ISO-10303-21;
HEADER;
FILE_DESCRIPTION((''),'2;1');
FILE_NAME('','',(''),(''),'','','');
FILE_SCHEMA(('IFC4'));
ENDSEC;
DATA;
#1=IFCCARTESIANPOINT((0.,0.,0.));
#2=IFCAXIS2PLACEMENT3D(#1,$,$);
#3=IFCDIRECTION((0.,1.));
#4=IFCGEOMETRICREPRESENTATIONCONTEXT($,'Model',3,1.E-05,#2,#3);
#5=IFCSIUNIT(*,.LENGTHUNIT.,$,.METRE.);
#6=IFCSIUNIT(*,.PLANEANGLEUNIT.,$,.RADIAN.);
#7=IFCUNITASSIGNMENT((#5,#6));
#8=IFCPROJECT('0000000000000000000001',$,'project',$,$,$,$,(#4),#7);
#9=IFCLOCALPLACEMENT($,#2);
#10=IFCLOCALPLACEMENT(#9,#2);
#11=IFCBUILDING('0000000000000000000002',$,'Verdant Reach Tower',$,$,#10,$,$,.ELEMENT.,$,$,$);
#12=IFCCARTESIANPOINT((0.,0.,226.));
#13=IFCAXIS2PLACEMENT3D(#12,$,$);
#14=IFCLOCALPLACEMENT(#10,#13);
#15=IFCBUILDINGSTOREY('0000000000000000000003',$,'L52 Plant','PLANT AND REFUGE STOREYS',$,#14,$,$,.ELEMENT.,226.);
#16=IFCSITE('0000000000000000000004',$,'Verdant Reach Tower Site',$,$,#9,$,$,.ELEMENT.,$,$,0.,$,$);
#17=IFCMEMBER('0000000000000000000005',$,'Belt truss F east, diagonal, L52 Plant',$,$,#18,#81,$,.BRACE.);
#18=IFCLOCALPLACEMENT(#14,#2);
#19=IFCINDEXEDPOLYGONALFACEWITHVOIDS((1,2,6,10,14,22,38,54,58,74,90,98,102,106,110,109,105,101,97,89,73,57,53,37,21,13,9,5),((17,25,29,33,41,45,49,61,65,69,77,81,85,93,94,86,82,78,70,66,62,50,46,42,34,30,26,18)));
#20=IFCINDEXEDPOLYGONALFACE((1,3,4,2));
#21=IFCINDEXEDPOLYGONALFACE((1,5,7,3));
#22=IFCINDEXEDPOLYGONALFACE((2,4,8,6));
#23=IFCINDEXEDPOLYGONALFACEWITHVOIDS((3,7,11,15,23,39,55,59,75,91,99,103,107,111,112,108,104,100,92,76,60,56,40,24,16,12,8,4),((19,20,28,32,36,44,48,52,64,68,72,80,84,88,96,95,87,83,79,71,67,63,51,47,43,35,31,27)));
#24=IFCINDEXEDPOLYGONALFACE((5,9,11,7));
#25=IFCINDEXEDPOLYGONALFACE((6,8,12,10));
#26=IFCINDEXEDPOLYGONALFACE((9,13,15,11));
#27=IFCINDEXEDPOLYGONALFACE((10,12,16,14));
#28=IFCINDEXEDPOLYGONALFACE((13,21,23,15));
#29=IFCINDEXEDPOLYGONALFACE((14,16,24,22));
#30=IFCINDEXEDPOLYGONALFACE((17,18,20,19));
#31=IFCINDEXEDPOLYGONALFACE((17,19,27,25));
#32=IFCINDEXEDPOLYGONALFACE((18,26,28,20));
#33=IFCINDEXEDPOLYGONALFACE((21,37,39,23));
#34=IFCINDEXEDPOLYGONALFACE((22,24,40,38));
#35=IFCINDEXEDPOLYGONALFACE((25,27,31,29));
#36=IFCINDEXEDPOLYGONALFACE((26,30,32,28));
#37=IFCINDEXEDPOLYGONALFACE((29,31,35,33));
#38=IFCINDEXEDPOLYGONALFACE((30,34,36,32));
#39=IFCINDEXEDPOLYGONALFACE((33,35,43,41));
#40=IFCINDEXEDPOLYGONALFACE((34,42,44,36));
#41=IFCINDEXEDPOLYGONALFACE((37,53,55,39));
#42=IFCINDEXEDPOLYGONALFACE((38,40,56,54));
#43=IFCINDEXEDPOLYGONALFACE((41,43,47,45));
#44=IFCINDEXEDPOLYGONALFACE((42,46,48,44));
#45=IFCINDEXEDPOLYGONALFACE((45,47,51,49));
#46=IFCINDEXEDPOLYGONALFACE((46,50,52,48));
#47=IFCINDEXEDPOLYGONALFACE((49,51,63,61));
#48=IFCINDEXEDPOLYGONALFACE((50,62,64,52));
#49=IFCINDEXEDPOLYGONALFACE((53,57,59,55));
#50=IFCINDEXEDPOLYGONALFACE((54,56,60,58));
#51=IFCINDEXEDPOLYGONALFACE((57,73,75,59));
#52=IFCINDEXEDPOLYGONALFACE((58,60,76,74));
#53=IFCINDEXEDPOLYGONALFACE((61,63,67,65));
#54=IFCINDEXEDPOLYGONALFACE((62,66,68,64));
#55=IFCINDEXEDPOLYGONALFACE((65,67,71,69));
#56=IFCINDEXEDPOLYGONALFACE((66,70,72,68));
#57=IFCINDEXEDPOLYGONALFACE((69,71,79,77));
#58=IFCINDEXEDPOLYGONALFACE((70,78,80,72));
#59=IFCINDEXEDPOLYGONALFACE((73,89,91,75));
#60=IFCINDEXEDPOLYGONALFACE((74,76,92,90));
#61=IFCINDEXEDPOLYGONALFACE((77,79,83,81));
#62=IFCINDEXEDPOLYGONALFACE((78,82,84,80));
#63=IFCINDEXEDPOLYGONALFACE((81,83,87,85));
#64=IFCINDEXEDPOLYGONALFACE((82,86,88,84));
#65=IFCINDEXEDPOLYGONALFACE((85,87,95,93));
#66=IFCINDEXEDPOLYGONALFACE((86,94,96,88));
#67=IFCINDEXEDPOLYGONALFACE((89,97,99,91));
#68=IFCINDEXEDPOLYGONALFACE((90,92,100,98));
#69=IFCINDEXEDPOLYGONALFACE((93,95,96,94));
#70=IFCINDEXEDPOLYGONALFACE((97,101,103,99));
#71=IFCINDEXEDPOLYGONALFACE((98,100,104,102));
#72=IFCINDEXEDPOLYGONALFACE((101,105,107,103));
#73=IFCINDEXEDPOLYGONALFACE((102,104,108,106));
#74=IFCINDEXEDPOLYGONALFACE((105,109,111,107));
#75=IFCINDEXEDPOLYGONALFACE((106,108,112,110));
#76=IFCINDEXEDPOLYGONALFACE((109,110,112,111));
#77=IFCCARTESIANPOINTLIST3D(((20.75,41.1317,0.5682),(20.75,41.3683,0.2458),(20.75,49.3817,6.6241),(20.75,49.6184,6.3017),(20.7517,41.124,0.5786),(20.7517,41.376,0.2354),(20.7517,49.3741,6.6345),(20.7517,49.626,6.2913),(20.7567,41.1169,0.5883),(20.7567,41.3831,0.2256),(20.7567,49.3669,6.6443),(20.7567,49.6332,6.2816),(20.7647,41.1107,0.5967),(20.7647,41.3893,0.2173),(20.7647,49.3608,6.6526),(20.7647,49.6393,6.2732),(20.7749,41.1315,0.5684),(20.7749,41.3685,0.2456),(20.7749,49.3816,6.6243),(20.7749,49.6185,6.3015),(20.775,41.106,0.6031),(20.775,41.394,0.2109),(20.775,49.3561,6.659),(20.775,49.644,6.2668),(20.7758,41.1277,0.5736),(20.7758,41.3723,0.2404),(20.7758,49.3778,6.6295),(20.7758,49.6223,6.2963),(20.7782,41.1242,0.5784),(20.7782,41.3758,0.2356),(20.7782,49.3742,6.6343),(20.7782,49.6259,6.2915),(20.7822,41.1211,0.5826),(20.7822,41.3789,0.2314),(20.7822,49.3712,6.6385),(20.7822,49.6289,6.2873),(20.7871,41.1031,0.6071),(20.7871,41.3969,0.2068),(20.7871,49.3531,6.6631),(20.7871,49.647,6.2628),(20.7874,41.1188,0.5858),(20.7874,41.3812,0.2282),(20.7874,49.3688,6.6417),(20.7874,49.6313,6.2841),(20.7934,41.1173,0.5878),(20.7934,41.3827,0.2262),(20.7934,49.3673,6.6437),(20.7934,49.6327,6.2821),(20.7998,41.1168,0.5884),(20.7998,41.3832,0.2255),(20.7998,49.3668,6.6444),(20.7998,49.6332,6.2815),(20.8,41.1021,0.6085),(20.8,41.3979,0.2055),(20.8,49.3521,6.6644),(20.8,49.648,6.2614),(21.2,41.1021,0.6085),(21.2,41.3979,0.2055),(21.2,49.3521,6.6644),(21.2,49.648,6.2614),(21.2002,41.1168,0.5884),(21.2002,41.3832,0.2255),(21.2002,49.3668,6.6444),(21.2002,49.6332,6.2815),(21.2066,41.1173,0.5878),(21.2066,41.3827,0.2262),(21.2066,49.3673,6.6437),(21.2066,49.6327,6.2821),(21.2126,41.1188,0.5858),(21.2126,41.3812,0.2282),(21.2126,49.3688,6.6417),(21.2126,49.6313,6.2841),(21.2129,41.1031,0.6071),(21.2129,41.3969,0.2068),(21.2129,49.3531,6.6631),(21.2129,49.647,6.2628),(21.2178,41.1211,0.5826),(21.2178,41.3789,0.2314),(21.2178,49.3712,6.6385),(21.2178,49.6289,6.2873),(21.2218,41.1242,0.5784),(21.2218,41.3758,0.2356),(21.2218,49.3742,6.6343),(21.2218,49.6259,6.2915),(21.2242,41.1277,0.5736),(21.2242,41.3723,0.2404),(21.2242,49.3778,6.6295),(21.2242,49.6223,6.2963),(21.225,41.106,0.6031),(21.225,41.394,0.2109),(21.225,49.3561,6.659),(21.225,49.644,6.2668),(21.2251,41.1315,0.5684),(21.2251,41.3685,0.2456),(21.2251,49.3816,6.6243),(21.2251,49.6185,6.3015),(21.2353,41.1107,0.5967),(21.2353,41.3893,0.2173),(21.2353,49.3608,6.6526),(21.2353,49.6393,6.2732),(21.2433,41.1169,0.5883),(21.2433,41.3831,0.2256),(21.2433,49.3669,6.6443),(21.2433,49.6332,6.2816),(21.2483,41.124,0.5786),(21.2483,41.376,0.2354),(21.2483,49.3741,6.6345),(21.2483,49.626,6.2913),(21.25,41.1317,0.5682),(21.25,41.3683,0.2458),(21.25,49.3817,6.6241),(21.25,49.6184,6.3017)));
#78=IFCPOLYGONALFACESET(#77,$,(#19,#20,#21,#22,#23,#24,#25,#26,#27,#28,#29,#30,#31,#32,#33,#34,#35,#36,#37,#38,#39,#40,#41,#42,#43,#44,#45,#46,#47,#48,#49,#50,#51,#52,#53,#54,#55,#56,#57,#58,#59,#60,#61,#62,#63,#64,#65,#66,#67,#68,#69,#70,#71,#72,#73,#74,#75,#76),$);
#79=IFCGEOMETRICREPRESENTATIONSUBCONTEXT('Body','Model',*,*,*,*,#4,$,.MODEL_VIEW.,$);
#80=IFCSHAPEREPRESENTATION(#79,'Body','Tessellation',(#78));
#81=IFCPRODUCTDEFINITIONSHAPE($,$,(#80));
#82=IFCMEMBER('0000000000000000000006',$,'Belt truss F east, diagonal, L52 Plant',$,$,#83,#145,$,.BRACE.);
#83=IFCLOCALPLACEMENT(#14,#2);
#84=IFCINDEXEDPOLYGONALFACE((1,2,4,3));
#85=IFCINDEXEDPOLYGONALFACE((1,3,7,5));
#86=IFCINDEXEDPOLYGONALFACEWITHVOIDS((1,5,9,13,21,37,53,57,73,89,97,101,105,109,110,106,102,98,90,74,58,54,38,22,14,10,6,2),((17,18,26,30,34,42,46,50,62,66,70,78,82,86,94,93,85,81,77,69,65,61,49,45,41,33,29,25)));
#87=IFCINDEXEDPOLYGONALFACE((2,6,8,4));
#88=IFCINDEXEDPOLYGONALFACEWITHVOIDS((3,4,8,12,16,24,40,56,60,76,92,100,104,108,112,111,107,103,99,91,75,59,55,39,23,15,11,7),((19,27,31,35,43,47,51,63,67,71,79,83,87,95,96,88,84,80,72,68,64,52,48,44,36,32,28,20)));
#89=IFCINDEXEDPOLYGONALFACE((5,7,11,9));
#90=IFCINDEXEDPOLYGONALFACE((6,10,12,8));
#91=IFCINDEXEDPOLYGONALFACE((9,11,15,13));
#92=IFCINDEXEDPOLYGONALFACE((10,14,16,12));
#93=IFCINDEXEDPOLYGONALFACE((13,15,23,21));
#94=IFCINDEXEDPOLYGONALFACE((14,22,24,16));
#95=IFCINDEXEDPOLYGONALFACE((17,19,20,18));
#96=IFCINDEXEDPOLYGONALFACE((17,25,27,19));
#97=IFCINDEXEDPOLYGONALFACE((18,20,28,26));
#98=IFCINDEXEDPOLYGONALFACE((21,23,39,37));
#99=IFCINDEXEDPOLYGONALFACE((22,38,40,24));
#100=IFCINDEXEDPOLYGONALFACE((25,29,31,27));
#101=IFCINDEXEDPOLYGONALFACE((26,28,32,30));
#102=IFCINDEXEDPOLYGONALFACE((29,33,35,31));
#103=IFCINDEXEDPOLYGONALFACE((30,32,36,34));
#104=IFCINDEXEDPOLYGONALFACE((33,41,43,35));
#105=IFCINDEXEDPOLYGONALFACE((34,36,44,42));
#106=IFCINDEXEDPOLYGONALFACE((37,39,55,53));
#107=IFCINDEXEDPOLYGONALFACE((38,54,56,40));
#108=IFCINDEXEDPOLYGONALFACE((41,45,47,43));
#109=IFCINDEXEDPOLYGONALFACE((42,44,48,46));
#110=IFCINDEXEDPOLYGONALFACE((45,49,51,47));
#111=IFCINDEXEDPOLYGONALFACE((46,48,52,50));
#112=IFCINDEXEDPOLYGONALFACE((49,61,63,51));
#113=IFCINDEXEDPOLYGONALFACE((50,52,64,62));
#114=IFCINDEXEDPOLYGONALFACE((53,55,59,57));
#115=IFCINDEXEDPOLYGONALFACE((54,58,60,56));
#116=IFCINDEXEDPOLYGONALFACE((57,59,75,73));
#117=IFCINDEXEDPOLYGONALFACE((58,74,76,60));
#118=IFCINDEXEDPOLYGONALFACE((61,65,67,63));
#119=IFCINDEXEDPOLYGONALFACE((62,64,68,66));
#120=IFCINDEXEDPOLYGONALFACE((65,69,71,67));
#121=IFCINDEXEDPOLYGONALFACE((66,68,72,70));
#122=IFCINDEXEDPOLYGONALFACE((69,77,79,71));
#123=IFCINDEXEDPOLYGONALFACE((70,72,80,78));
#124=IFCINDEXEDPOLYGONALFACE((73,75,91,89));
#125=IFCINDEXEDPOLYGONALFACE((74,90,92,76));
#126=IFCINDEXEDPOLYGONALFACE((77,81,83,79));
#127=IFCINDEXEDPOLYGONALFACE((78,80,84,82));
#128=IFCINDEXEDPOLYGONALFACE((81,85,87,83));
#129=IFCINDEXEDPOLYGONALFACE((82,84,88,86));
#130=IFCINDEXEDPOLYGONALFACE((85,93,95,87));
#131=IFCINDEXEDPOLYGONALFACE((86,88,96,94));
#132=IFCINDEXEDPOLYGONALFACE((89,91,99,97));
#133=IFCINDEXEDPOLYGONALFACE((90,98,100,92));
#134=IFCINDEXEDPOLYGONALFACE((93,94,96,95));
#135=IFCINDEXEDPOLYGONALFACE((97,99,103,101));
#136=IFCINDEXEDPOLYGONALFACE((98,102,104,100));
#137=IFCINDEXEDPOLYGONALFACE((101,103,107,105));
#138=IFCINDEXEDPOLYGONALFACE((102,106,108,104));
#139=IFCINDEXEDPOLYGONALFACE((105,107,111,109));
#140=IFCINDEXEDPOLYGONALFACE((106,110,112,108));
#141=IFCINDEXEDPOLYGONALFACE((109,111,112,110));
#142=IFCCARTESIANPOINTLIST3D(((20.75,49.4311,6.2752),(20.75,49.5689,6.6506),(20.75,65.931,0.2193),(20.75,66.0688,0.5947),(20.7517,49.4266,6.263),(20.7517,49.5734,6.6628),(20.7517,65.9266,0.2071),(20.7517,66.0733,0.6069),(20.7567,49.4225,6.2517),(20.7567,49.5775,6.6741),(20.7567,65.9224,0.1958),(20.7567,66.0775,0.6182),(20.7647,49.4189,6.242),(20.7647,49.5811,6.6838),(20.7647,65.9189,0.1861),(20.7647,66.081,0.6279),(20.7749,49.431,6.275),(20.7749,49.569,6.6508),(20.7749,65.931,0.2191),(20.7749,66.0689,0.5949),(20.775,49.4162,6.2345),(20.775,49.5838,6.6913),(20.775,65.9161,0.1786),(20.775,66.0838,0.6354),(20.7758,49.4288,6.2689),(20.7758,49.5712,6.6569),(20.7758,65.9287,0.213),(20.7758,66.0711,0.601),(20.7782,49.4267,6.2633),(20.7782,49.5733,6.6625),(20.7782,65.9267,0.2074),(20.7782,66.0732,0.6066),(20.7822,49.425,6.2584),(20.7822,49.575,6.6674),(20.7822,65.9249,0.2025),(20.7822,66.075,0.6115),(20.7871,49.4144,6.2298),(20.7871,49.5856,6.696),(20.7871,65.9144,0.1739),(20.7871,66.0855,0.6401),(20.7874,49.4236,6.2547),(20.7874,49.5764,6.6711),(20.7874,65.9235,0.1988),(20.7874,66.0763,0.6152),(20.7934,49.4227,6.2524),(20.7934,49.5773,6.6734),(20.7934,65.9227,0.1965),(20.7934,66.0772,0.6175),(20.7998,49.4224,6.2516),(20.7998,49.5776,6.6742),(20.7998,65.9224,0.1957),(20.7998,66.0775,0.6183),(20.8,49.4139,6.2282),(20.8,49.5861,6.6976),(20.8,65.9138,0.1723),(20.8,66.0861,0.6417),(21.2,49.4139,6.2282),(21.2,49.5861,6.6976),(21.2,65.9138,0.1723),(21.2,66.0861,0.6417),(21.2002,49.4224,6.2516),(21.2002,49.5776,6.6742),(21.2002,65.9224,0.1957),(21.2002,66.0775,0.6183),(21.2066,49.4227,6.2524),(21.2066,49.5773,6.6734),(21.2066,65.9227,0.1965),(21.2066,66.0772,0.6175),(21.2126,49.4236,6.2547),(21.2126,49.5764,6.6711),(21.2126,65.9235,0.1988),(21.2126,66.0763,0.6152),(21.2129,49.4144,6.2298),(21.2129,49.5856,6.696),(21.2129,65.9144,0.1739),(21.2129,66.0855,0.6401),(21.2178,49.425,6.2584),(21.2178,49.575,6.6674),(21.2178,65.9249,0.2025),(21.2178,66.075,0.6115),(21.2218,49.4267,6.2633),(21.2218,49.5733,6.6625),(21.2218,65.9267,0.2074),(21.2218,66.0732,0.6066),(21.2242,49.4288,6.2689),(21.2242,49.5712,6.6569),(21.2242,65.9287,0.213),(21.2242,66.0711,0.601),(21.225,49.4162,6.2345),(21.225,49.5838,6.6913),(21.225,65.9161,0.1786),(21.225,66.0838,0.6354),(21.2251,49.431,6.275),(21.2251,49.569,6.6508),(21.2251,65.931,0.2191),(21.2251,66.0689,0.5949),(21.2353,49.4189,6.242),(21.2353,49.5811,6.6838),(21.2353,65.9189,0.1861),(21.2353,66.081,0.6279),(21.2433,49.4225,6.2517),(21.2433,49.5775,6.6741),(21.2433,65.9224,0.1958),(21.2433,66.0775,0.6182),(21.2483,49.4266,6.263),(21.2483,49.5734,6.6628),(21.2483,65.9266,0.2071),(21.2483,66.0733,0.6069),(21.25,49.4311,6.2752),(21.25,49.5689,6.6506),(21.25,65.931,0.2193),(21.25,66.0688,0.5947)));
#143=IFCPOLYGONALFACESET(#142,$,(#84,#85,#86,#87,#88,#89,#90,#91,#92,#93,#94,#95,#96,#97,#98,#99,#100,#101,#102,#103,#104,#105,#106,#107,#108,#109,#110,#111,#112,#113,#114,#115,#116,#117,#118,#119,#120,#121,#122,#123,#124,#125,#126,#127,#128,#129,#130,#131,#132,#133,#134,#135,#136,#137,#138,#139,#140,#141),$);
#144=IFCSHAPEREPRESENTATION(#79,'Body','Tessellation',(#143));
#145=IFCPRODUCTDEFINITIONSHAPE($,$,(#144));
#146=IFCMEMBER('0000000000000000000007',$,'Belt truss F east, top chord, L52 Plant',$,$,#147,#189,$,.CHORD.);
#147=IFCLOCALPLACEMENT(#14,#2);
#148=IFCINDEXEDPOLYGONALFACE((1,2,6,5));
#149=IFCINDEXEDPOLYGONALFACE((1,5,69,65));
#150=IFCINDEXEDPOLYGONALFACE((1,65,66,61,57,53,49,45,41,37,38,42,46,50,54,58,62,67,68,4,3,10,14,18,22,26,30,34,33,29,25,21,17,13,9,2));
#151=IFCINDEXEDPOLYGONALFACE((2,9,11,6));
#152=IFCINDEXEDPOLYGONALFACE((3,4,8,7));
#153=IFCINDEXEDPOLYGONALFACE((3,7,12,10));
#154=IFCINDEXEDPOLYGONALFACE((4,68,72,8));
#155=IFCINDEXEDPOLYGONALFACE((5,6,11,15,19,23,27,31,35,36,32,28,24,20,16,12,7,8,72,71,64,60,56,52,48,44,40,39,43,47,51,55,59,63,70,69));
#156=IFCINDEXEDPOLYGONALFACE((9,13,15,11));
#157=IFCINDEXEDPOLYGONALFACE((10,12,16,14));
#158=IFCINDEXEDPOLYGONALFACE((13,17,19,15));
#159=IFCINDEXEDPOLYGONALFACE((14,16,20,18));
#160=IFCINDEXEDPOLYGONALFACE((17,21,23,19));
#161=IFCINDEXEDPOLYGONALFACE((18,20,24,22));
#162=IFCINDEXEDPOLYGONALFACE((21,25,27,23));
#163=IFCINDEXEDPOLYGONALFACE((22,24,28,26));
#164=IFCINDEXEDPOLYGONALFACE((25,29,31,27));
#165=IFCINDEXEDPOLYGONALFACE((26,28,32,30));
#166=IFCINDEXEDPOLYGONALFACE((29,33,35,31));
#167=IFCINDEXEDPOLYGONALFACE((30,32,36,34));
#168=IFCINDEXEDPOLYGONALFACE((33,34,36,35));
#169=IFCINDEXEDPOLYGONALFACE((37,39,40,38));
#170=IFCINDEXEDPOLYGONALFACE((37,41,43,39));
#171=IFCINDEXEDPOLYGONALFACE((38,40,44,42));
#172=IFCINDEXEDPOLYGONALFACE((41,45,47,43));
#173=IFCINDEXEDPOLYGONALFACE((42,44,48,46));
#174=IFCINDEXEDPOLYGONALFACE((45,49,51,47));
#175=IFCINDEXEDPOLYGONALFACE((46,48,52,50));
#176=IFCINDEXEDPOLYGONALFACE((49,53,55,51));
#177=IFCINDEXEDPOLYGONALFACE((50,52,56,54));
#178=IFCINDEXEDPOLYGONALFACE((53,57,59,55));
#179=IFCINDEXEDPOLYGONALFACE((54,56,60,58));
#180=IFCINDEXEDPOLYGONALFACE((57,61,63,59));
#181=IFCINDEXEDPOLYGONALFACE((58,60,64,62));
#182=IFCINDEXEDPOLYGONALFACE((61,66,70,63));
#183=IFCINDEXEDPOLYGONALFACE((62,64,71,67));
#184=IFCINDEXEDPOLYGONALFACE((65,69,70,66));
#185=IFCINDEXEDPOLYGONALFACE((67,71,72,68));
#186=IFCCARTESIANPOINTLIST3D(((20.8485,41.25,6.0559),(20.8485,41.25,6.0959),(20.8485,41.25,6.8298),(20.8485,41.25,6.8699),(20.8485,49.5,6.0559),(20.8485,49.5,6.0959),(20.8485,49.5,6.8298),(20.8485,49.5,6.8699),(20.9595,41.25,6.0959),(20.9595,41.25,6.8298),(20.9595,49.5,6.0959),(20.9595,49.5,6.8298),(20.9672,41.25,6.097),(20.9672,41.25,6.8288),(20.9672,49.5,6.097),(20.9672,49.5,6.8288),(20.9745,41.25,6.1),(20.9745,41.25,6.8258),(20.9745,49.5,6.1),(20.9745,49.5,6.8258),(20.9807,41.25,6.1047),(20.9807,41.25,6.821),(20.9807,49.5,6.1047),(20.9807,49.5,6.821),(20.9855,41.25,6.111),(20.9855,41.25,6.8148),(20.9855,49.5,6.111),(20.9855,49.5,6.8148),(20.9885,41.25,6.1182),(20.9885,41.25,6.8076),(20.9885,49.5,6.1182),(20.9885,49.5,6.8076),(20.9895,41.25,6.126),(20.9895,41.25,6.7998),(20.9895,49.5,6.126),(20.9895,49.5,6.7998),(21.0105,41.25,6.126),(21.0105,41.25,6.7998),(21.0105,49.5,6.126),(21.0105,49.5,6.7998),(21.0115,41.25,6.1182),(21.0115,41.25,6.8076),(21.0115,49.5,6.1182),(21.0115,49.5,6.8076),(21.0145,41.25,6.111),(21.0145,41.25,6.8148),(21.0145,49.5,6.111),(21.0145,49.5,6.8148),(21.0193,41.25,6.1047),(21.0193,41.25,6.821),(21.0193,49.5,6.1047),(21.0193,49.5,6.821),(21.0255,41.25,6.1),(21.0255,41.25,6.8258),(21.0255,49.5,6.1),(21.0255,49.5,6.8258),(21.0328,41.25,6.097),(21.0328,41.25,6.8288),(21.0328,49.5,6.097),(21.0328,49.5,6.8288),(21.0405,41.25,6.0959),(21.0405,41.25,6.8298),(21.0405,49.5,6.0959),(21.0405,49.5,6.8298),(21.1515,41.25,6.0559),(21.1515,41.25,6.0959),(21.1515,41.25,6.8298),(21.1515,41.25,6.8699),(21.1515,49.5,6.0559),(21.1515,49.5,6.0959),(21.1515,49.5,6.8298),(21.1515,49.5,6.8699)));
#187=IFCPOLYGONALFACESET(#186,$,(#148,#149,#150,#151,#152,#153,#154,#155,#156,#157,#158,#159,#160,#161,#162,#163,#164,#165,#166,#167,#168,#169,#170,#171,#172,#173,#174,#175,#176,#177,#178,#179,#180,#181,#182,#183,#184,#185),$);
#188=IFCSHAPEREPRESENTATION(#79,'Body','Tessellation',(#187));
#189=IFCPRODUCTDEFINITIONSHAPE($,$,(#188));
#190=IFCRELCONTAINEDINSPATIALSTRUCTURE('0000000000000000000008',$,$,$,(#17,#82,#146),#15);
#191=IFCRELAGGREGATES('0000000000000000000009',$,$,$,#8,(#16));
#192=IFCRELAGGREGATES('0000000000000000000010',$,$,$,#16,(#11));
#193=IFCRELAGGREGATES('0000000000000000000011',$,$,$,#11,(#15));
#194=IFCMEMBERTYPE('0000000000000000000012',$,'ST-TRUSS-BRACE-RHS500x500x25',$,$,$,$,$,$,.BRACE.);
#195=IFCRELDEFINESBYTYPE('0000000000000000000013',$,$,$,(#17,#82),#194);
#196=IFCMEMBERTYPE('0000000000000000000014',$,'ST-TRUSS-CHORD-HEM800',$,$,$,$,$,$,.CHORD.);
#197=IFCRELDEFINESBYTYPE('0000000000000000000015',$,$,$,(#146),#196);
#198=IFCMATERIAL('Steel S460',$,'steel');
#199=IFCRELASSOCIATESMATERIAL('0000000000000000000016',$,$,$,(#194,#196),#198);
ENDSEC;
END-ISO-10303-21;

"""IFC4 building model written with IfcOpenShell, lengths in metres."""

from ifc_helpers import new_model, si_unit, direction, frame, origin, origin_2d, place, context, subcontext, project, spatial, hollow_rectangle, i_section, extrude, material, material_profile, profile_set, type_object, element, save


model = new_model("IFC4")

# Units and contexts
model_context = context("Model", 3, precision=1e-05, world=origin(), true_north=direction((0.0, 1.0)))
body_context = subcontext(model_context, "Body", "Model", "MODEL_VIEW")
ifc_project = project(units=[si_unit("LENGTHUNIT", "METRE"), si_unit("PLANEANGLEUNIT", "RADIAN")], contexts=[model_context])

# Site, building, storey
site_placement = place(None, origin())
site = spatial("IfcSite", under=ifc_project, at=site_placement, Name="Verdant Reach Tower Site", CompositionType="ELEMENT", RefElevation=0.0)
building_placement = place(site_placement, origin())
building = spatial("IfcBuilding", under=site, at=building_placement, Name="Verdant Reach Tower", CompositionType="ELEMENT")
storey_placement = place(building_placement, frame((0.0, 0.0, 226.0)))
storey = spatial("IfcBuildingStorey", under=building, at=storey_placement, Name="L52 Plant", Description="PLANT AND REFUGE STOREYS", CompositionType="ELEMENT", Elevation=226.0)

# Shared definitions
ifc_material_1 = material(Name="Steel S460", Category="steel")

# Members
ifc_material_profile_1 = material_profile(ifc_material_1, hollow_rectangle(XDim=0.5, YDim=0.5, WallThickness=0.0249, InnerFilletRadius=0.0249, OuterFilletRadius=0.05, at=origin_2d()), Name="RHS 500x500x25")
ifc_profile_set_1 = profile_set([ifc_material_profile_1], Name="Steel S460")
member_type_1 = type_object("IfcMemberType", Name="ST-TRUSS-BRACE-RHS500x500x25", PredefinedType="BRACE", material=ifc_profile_set_1)
member_1_placement = place(storey_placement, frame((21.0, 41.25, 0.407), z_axis=(0.0, 0.80613, 0.591739), x_axis=(-1.0, 0.0, 0.0)))
element("IfcMember", 1, at=member_1_placement, inside=storey, type_object=member_type_1, Name="Belt truss F east, diagonal, L52 Plant", PredefinedType="BRACE", context=body_context, shape_type="SweptSolid", body=[
    extrude(hollow_rectangle(XDim=0.5, YDim=0.5, WallThickness=0.0249, InnerFilletRadius=0.0249, OuterFilletRadius=0.05, at=origin_2d()), origin(), (0.0, 0.0, 1.0), 10.2341),
])
member_2_placement = place(storey_placement, frame((21.0, 49.5, 6.4629), z_axis=(0.0, 0.938768, -0.344551), x_axis=(-1.0, 0.0, 0.0)))
element("IfcMember", 2, at=member_2_placement, inside=storey, type_object=member_type_1, Name="Belt truss F east, diagonal, L52 Plant", PredefinedType="BRACE", context=body_context, shape_type="SweptSolid", body=[
    extrude(hollow_rectangle(XDim=0.5, YDim=0.5, WallThickness=0.0249, InnerFilletRadius=0.0249, OuterFilletRadius=0.05, at=origin_2d()), origin(), (0.0, 0.0, 1.0), 17.5762),
])
ifc_material_profile_2 = material_profile(ifc_material_1, i_section(OverallWidth=0.303, OverallDepth=0.814, WebThickness=0.021, FlangeThickness=0.04, FilletRadius=0.03, at=origin_2d()), Name="HEM 800")
ifc_profile_set_2 = profile_set([ifc_material_profile_2], Name="Steel S460")
member_type_2 = type_object("IfcMemberType", Name="ST-TRUSS-CHORD-HEM800", PredefinedType="CHORD", material=ifc_profile_set_2)
for number, where, z_axis, x_axis, name in (
    (3, (21.0, 41.25, 6.4629), (0.0, 1.0, 0.0), (-1.0, 0.0, 0.0), "Belt truss F east, top chord, L52 Plant"),
):
    element("IfcMember", number, at=place(storey_placement, frame(where, z_axis=z_axis, x_axis=x_axis)), inside=storey, type_object=member_type_2, Name=name, PredefinedType="CHORD", context=body_context, shape_type="SweptSolid", body=[
        extrude(i_section(OverallWidth=0.303, OverallDepth=0.814, WebThickness=0.021, FlangeThickness=0.04, FilletRadius=0.03, at=origin_2d()), origin(), (0.0, 0.0, 1.0), 8.25),
    ])

save(model, "model.ifc")
